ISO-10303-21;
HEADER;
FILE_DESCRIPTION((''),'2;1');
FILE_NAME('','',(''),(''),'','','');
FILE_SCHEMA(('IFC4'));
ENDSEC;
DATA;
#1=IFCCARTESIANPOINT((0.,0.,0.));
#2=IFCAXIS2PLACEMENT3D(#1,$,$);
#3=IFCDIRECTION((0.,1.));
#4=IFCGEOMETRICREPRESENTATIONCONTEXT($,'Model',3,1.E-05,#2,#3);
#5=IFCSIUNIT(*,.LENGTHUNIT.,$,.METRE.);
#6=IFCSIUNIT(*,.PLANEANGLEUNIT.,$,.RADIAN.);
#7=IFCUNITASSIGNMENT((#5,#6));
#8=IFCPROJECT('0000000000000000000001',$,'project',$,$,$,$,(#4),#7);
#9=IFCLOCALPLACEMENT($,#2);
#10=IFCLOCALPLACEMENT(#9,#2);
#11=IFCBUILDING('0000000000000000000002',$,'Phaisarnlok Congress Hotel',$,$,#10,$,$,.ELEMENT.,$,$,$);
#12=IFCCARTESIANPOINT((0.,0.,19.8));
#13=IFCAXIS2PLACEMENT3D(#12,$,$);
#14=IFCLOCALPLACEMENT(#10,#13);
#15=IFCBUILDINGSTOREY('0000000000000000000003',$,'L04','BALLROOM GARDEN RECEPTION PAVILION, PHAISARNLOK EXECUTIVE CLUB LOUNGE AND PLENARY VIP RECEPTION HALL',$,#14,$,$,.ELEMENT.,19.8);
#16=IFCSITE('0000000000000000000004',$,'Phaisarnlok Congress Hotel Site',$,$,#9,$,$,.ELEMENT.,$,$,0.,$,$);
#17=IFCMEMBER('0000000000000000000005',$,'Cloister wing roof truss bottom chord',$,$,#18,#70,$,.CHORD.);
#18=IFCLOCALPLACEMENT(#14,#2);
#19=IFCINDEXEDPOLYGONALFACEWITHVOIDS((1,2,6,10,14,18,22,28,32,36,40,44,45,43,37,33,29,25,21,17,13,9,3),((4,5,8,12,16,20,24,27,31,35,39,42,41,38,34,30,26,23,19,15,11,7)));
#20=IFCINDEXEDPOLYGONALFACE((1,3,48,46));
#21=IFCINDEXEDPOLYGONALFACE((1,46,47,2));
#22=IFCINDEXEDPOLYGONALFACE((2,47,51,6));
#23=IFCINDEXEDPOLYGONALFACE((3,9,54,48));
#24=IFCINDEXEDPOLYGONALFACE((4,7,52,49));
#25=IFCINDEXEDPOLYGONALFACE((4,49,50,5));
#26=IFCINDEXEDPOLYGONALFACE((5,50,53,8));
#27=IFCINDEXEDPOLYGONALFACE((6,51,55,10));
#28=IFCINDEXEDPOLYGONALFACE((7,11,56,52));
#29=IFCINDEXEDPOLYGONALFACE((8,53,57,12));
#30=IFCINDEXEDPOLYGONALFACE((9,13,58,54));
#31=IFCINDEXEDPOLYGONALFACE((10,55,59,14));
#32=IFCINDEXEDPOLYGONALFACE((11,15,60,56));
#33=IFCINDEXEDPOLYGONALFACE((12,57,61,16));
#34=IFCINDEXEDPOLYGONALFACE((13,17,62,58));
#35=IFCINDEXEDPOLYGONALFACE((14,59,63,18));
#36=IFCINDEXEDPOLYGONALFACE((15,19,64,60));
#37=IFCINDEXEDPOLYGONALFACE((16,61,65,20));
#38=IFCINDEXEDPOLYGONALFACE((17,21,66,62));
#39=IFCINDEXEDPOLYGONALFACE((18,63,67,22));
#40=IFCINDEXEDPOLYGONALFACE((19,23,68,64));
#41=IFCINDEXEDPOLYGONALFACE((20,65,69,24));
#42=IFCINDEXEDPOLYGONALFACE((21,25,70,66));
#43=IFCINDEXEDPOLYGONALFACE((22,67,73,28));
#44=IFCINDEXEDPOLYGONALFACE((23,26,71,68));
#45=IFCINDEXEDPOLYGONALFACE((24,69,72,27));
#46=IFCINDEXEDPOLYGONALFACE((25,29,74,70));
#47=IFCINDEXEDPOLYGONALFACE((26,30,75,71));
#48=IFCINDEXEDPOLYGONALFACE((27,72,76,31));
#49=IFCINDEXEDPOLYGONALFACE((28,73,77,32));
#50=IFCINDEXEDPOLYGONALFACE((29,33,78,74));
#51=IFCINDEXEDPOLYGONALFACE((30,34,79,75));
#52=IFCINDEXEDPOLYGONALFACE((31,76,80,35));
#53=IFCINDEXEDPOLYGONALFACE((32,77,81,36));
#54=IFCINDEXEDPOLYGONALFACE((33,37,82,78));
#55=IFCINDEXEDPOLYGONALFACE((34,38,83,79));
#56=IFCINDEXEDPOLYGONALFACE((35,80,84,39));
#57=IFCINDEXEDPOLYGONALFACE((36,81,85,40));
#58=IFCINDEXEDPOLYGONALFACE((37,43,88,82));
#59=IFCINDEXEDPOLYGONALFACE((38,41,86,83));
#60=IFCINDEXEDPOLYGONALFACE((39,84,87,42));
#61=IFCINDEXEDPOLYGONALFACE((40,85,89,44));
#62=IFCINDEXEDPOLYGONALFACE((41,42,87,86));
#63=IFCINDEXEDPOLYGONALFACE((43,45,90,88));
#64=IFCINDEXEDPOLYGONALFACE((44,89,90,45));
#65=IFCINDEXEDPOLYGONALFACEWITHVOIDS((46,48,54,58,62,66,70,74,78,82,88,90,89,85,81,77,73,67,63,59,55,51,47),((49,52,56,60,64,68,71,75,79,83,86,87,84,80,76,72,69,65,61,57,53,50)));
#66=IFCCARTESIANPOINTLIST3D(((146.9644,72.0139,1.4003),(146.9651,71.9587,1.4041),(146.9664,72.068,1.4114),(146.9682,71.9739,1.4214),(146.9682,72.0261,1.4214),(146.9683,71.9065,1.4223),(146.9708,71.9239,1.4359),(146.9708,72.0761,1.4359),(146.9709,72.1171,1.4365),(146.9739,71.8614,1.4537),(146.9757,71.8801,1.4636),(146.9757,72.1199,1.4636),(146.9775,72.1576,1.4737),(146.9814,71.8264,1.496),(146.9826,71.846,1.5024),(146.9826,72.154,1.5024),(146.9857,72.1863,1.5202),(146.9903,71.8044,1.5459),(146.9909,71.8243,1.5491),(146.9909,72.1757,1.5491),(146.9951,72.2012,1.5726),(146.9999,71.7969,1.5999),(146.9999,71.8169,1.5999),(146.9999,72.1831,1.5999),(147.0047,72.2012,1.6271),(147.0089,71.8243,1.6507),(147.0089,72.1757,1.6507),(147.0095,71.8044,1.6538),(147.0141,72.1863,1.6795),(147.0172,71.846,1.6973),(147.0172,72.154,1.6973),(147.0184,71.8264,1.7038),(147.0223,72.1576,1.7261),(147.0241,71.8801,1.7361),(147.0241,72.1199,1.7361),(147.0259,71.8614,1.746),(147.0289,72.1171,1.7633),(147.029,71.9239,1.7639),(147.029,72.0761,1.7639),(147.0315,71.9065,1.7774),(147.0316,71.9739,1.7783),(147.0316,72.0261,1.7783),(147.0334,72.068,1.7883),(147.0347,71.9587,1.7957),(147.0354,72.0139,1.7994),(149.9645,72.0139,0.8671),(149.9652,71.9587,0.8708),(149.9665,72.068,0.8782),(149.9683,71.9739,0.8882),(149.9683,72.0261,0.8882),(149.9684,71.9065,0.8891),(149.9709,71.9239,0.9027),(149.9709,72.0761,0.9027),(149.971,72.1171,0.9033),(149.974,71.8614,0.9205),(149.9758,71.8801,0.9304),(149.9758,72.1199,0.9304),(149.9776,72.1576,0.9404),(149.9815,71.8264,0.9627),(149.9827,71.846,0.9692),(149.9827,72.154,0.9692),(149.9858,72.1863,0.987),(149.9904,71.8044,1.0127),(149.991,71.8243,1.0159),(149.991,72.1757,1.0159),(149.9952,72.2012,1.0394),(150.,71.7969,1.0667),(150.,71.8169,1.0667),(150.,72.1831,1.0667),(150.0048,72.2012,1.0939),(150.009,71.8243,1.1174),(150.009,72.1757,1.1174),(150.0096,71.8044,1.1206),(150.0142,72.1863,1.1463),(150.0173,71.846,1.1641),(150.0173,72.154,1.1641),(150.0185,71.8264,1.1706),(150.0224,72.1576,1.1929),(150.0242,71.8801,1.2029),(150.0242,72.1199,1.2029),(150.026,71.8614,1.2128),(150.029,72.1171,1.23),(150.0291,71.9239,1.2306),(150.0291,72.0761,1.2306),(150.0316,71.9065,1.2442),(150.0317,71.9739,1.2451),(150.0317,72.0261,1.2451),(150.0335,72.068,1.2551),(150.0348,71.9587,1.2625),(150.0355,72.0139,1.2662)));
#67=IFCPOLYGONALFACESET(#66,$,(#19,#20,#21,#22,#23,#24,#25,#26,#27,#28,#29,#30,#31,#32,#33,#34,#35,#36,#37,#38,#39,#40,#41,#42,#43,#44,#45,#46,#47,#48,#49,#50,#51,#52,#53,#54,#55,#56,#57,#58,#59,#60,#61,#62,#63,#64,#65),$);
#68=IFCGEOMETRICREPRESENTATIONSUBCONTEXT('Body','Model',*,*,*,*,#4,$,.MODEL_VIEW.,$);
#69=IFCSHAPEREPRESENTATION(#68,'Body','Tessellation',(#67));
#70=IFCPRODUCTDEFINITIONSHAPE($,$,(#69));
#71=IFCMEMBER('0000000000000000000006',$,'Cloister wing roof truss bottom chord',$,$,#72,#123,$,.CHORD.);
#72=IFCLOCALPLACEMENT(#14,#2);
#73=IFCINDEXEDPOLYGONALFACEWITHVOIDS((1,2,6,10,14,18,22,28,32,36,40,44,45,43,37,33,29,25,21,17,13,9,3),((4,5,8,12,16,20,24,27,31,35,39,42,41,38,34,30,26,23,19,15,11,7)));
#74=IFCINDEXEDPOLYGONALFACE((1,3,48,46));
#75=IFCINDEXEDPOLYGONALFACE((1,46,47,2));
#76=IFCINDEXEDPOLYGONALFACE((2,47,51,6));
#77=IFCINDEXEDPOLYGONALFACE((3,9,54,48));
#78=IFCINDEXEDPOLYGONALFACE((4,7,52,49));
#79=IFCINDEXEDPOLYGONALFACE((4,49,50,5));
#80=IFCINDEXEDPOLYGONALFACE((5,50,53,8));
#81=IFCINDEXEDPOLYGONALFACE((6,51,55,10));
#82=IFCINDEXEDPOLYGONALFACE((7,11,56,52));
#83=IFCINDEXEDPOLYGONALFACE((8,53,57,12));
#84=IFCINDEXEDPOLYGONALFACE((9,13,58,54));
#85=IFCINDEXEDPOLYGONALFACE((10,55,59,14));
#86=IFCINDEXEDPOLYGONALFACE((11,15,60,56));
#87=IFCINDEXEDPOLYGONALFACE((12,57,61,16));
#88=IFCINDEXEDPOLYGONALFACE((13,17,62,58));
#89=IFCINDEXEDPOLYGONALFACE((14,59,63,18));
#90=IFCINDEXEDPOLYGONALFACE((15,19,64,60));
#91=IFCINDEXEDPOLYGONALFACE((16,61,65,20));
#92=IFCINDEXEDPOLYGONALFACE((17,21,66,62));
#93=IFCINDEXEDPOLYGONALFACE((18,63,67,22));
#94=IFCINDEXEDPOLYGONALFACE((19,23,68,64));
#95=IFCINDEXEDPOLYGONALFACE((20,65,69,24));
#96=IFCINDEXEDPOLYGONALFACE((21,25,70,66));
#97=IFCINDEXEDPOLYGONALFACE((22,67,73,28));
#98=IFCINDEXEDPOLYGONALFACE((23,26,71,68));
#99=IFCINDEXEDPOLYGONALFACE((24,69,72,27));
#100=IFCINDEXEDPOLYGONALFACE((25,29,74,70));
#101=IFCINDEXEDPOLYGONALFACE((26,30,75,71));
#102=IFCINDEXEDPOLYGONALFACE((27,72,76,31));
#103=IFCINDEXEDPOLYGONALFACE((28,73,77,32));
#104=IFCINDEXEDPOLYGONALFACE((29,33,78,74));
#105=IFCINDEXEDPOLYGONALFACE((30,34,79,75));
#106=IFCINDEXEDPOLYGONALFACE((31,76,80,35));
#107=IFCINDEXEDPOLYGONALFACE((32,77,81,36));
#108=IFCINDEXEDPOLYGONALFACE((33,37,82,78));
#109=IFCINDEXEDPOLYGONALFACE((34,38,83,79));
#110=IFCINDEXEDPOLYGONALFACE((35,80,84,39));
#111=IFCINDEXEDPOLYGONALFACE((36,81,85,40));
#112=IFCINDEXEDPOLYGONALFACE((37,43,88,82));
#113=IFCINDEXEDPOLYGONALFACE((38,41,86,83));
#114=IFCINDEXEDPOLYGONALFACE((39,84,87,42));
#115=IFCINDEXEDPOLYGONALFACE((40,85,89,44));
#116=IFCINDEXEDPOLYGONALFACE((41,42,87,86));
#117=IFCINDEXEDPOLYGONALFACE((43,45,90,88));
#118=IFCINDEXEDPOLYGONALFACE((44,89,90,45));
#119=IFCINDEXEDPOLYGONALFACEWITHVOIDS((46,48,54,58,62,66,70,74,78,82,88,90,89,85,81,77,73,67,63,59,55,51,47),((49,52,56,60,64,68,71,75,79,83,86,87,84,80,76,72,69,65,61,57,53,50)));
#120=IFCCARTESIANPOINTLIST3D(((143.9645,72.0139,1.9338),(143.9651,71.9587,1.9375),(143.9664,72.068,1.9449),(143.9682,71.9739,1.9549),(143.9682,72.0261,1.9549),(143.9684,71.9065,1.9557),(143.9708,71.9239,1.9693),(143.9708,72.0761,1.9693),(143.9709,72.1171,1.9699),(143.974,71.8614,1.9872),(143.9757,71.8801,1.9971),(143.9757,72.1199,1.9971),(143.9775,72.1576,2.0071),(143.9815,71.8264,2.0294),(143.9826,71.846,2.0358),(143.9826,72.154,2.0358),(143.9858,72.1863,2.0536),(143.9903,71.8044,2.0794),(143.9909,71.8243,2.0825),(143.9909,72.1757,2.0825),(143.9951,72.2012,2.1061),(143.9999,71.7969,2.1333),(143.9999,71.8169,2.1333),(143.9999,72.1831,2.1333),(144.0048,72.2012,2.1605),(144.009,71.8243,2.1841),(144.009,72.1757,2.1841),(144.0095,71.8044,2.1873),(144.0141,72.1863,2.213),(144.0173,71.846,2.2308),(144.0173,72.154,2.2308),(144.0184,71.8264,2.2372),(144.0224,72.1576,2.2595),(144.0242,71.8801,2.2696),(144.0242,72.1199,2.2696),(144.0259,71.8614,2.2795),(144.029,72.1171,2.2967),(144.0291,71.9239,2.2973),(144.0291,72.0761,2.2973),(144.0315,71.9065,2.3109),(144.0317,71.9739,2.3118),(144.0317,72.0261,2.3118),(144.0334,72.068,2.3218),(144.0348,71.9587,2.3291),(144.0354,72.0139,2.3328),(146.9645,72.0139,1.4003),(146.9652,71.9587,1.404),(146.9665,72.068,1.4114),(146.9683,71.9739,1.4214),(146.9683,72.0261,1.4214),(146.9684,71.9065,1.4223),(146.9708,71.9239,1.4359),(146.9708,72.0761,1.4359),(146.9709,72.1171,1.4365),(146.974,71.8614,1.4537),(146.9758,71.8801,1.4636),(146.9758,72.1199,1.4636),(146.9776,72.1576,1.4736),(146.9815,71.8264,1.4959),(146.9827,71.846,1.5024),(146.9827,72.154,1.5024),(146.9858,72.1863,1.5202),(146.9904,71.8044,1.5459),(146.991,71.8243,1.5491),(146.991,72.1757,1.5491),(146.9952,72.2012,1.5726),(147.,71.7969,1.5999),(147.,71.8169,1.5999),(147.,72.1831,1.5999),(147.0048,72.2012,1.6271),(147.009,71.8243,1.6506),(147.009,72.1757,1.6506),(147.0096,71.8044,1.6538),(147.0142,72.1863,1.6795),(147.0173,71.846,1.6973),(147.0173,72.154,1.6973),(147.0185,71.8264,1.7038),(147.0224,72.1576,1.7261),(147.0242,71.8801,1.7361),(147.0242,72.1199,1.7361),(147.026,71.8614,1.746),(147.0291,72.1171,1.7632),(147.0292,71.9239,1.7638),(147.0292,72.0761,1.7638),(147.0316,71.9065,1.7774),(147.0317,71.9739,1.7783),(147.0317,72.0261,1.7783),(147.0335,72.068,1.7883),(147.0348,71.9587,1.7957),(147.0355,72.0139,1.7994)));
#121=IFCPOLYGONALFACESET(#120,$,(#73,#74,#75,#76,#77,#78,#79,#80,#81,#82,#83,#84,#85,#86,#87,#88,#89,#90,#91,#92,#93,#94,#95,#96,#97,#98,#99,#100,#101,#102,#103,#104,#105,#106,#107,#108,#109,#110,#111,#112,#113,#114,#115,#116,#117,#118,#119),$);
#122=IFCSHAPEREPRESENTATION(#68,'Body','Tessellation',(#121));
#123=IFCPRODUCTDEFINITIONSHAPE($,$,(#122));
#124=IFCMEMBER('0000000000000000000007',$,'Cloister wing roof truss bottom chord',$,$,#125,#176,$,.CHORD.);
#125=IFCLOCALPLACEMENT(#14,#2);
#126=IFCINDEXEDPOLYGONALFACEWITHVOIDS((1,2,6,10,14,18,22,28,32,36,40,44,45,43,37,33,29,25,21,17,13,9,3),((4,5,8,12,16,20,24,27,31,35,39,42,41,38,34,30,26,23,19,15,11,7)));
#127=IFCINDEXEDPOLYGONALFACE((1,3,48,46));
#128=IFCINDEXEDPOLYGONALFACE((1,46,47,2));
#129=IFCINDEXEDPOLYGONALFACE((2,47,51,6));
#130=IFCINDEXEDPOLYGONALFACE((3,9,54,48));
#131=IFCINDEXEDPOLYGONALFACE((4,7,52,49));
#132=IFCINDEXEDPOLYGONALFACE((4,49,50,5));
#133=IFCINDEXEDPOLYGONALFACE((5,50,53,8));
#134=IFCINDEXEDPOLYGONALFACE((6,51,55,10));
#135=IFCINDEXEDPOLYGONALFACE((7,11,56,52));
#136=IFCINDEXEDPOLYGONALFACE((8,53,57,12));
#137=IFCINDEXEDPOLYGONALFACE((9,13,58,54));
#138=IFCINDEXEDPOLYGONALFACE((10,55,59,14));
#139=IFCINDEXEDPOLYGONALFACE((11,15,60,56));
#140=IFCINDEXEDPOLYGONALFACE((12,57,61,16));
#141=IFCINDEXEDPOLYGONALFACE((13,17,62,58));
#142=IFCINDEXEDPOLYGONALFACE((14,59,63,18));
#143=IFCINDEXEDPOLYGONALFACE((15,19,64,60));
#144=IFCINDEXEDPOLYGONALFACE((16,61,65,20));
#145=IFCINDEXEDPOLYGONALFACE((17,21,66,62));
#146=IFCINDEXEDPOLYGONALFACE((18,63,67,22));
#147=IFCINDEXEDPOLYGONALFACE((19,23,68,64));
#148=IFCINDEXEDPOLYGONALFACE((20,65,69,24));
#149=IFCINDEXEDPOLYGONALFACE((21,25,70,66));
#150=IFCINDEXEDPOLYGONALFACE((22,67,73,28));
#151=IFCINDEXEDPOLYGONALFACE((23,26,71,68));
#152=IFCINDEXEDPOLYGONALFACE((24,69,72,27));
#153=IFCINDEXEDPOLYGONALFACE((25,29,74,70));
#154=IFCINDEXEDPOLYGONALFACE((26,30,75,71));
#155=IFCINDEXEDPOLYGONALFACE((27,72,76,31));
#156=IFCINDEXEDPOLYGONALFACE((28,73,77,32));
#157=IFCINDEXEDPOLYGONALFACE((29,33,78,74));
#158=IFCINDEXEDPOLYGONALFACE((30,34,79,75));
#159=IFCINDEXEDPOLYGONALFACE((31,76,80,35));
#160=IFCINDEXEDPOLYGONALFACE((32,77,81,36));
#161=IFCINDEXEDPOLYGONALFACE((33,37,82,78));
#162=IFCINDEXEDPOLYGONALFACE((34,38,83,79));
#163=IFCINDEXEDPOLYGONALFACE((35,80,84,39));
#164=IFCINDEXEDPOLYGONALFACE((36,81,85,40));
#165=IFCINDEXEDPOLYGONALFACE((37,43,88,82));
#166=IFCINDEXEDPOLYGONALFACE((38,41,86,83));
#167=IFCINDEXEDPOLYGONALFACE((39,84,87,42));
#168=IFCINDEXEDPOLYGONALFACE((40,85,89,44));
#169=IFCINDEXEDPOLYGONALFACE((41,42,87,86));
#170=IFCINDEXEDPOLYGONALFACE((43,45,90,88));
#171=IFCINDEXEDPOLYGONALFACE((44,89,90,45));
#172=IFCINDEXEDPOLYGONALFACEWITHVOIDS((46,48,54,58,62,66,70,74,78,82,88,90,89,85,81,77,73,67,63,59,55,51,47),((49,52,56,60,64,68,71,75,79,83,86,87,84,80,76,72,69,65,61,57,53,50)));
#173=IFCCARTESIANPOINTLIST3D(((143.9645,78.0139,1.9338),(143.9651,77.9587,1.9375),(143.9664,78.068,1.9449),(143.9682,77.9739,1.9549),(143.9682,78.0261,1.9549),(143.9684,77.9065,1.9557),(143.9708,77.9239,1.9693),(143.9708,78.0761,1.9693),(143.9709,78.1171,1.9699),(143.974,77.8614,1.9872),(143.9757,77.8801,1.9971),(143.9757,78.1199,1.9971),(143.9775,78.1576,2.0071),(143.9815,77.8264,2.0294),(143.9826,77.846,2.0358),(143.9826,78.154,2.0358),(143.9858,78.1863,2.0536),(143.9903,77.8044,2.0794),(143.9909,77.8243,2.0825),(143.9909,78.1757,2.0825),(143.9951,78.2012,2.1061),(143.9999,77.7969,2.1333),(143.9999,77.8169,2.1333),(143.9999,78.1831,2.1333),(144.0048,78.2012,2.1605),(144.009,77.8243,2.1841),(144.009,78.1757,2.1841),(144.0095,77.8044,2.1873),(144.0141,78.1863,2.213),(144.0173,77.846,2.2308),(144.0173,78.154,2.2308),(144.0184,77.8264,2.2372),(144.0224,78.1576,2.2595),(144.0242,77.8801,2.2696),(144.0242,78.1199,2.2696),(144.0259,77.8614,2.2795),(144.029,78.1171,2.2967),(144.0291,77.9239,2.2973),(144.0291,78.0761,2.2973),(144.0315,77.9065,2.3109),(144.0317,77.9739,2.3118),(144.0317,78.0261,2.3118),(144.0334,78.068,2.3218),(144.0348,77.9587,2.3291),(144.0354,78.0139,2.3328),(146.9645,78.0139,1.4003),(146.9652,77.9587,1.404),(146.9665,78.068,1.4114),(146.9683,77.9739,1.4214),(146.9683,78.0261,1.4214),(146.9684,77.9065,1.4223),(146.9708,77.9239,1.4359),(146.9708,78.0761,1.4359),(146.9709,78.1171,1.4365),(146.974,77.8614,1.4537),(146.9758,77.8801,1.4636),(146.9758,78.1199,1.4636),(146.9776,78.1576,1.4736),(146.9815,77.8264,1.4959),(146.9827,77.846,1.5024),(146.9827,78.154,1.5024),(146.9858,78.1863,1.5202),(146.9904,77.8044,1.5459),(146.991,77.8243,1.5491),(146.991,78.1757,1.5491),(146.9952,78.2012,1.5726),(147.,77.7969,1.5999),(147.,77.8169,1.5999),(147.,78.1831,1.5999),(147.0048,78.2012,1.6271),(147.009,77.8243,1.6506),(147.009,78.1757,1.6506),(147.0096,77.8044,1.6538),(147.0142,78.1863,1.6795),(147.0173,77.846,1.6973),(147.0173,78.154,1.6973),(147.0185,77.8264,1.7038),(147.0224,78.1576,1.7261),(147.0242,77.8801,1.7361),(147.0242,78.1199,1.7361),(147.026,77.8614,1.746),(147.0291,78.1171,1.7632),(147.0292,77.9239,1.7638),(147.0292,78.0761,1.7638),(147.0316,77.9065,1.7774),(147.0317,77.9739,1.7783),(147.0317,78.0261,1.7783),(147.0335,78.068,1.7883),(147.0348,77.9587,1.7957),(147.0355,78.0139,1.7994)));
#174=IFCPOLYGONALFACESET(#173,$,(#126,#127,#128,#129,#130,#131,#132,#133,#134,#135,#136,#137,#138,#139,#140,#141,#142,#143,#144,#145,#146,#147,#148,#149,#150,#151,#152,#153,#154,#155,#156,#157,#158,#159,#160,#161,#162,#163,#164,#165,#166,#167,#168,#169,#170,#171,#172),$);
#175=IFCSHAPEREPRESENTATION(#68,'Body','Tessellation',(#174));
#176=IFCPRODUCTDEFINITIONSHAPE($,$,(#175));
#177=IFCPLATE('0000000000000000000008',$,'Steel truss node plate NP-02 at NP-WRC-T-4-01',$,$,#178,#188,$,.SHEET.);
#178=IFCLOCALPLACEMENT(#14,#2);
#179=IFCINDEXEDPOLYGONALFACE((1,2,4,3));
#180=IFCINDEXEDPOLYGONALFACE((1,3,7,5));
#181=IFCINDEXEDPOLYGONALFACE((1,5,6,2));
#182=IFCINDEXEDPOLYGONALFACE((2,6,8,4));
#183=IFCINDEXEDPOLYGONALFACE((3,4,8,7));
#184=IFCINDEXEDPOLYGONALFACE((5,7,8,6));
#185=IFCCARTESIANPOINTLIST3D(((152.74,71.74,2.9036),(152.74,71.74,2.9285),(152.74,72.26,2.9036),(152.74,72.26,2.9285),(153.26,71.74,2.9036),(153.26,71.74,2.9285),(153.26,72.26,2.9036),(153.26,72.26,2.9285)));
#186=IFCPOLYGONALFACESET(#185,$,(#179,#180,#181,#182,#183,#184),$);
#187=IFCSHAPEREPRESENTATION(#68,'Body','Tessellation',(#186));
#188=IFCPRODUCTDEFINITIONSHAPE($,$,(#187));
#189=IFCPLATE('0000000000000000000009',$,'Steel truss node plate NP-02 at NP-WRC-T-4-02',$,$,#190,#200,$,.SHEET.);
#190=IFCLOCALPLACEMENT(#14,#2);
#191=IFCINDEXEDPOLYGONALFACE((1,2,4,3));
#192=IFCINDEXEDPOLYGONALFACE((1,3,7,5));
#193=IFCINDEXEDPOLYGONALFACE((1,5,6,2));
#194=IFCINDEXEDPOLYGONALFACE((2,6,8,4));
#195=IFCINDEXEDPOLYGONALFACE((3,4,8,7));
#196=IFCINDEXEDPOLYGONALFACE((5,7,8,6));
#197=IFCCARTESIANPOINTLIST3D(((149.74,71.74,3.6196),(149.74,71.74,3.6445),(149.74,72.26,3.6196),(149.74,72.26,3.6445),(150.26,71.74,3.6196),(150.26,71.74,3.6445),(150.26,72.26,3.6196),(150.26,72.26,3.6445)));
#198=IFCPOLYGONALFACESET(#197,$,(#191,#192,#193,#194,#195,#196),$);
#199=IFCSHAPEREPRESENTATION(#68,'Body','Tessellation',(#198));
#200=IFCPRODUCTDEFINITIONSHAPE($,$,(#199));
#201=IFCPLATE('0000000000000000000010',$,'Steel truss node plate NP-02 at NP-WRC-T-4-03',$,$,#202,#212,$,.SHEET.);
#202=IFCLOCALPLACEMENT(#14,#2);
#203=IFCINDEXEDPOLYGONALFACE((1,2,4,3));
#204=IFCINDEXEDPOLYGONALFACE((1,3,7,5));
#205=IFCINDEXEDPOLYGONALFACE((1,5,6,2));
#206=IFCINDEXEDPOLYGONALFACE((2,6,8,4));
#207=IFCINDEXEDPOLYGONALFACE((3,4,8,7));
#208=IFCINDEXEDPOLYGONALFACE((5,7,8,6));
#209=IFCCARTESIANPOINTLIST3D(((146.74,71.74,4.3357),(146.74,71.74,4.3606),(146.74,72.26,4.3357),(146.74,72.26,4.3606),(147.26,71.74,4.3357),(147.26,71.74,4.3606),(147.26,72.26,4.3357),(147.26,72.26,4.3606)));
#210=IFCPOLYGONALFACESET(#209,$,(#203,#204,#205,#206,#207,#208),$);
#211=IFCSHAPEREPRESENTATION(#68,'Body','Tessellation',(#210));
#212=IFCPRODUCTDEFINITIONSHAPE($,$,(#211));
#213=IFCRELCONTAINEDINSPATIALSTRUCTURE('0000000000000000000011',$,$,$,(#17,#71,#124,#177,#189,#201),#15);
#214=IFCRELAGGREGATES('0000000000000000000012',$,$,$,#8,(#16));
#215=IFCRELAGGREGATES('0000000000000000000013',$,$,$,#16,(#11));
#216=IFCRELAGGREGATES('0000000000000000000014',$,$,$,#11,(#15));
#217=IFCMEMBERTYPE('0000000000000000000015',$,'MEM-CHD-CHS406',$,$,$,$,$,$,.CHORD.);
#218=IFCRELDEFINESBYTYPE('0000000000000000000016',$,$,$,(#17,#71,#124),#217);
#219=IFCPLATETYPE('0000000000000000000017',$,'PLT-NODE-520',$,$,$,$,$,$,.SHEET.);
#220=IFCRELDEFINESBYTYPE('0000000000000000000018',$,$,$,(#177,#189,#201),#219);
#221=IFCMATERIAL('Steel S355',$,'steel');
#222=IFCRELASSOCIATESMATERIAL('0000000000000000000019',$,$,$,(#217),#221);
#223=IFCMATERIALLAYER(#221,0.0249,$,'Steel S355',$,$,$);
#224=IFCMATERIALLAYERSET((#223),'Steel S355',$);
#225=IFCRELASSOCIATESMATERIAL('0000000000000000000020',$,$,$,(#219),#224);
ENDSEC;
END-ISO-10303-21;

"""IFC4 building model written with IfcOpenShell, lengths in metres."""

from ifc_helpers import new_model, si_unit, direction, frame, origin, origin_2d, place, context, subcontext, project, spatial, rectangle, hollow_circle, extrude, material, layer, layer_set, material_profile, profile_set, type_object, element, save


model = new_model("IFC4")

# Units and contexts
model_context = context("Model", 3, precision=1e-05, world=origin(), true_north=direction((0.0, 1.0)))
body_context = subcontext(model_context, "Body", "Model", "MODEL_VIEW")
ifc_project = project(units=[si_unit("LENGTHUNIT", "METRE"), si_unit("PLANEANGLEUNIT", "RADIAN")], contexts=[model_context])

# Site, building, storey
site_placement = place(None, origin())
site = spatial("IfcSite", under=ifc_project, at=site_placement, Name="Phaisarnlok Congress Hotel Site", CompositionType="ELEMENT", RefElevation=0.0)
building_placement = place(site_placement, origin())
building = spatial("IfcBuilding", under=site, at=building_placement, Name="Phaisarnlok Congress Hotel", CompositionType="ELEMENT")
storey_placement = place(building_placement, frame((0.0, 0.0, 19.8)))
storey = spatial("IfcBuildingStorey", under=building, at=storey_placement, Name="L04", Description="BALLROOM GARDEN RECEPTION PAVILION, PHAISARNLOK EXECUTIVE CLUB LOUNGE AND PLENARY VIP RECEPTION HALL", CompositionType="ELEMENT", Elevation=19.8)

# Shared definitions
ifc_material = material(Name="Steel S355", Category="steel")

# Members
ifc_material_profile_1 = material_profile(ifc_material, hollow_circle(Radius=0.2031, WallThickness=0.02, at=origin_2d()), Name="CHS 406.4x20")
ifc_profile_set_1 = profile_set([ifc_material_profile_1], Name="Steel S355")
member_type_1 = type_object("IfcMemberType", Name="MEM-CHD-CHS406", PredefinedType="CHORD", material=ifc_profile_set_1)
for number, where, z_axis, x_axis, name in (
    (1, (150.0, 72.0, 1.0667), (-0.98457, 0.0, 0.174992), (0.0, -1.0, 0.0), "Cloister wing roof truss bottom chord"),
    (2, (147.0, 72.0, 1.5999), (-0.984556, 0.0, 0.17507), (0.0, -1.0, 0.0), "Cloister wing roof truss bottom chord"),
    (3, (147.0, 78.0, 1.5999), (-0.984556, 0.0, 0.17507), (0.0, -1.0, 0.0), "Cloister wing roof truss bottom chord"),
):
    element("IfcMember", number, at=place(storey_placement, frame(where, z_axis=z_axis, x_axis=x_axis)), inside=storey, type_object=member_type_1, Name=name, PredefinedType="CHORD", context=body_context, shape_type="SweptSolid", body=[
        extrude(hollow_circle(Radius=0.2031, WallThickness=0.02, at=origin_2d()), origin(), (0.0, 0.0, 1.0), 3.0471),
    ])

# Plates
ifc_layer_1 = layer(ifc_material, 0.0249, Name="Steel S355")
ifc_layer_set_1 = layer_set([ifc_layer_1], Name="Steel S355")
plate_type_1 = type_object("IfcPlateType", Name="PLT-NODE-520", PredefinedType="SHEET", material=ifc_layer_set_1)
for number, where, z_axis, x_axis, name in (
    (4, (153.0, 72.0, 2.9036), (0.0, 0.0, 1.0), (1.0, 0.0, 0.0), "Steel truss node plate NP-02 at NP-WRC-T-4-01"),
    (5, (150.0, 72.0, 3.6196), (0.0, 0.0, 1.0), (1.0, 0.0, 0.0), "Steel truss node plate NP-02 at NP-WRC-T-4-02"),
    (6, (147.0, 72.0, 4.3357), (0.0, 0.0, 1.0), (1.0, 0.0, 0.0), "Steel truss node plate NP-02 at NP-WRC-T-4-03"),
):
    element("IfcPlate", number, at=place(storey_placement, frame(where, z_axis=z_axis, x_axis=x_axis)), inside=storey, type_object=plate_type_1, Name=name, PredefinedType="SHEET", context=body_context, shape_type="SweptSolid", body=[
        extrude(rectangle(XDim=0.52, YDim=0.52, at=origin_2d()), origin(), (0.0, 0.0, 1.0), 0.0249),
    ])

save(model, "model.ifc")
